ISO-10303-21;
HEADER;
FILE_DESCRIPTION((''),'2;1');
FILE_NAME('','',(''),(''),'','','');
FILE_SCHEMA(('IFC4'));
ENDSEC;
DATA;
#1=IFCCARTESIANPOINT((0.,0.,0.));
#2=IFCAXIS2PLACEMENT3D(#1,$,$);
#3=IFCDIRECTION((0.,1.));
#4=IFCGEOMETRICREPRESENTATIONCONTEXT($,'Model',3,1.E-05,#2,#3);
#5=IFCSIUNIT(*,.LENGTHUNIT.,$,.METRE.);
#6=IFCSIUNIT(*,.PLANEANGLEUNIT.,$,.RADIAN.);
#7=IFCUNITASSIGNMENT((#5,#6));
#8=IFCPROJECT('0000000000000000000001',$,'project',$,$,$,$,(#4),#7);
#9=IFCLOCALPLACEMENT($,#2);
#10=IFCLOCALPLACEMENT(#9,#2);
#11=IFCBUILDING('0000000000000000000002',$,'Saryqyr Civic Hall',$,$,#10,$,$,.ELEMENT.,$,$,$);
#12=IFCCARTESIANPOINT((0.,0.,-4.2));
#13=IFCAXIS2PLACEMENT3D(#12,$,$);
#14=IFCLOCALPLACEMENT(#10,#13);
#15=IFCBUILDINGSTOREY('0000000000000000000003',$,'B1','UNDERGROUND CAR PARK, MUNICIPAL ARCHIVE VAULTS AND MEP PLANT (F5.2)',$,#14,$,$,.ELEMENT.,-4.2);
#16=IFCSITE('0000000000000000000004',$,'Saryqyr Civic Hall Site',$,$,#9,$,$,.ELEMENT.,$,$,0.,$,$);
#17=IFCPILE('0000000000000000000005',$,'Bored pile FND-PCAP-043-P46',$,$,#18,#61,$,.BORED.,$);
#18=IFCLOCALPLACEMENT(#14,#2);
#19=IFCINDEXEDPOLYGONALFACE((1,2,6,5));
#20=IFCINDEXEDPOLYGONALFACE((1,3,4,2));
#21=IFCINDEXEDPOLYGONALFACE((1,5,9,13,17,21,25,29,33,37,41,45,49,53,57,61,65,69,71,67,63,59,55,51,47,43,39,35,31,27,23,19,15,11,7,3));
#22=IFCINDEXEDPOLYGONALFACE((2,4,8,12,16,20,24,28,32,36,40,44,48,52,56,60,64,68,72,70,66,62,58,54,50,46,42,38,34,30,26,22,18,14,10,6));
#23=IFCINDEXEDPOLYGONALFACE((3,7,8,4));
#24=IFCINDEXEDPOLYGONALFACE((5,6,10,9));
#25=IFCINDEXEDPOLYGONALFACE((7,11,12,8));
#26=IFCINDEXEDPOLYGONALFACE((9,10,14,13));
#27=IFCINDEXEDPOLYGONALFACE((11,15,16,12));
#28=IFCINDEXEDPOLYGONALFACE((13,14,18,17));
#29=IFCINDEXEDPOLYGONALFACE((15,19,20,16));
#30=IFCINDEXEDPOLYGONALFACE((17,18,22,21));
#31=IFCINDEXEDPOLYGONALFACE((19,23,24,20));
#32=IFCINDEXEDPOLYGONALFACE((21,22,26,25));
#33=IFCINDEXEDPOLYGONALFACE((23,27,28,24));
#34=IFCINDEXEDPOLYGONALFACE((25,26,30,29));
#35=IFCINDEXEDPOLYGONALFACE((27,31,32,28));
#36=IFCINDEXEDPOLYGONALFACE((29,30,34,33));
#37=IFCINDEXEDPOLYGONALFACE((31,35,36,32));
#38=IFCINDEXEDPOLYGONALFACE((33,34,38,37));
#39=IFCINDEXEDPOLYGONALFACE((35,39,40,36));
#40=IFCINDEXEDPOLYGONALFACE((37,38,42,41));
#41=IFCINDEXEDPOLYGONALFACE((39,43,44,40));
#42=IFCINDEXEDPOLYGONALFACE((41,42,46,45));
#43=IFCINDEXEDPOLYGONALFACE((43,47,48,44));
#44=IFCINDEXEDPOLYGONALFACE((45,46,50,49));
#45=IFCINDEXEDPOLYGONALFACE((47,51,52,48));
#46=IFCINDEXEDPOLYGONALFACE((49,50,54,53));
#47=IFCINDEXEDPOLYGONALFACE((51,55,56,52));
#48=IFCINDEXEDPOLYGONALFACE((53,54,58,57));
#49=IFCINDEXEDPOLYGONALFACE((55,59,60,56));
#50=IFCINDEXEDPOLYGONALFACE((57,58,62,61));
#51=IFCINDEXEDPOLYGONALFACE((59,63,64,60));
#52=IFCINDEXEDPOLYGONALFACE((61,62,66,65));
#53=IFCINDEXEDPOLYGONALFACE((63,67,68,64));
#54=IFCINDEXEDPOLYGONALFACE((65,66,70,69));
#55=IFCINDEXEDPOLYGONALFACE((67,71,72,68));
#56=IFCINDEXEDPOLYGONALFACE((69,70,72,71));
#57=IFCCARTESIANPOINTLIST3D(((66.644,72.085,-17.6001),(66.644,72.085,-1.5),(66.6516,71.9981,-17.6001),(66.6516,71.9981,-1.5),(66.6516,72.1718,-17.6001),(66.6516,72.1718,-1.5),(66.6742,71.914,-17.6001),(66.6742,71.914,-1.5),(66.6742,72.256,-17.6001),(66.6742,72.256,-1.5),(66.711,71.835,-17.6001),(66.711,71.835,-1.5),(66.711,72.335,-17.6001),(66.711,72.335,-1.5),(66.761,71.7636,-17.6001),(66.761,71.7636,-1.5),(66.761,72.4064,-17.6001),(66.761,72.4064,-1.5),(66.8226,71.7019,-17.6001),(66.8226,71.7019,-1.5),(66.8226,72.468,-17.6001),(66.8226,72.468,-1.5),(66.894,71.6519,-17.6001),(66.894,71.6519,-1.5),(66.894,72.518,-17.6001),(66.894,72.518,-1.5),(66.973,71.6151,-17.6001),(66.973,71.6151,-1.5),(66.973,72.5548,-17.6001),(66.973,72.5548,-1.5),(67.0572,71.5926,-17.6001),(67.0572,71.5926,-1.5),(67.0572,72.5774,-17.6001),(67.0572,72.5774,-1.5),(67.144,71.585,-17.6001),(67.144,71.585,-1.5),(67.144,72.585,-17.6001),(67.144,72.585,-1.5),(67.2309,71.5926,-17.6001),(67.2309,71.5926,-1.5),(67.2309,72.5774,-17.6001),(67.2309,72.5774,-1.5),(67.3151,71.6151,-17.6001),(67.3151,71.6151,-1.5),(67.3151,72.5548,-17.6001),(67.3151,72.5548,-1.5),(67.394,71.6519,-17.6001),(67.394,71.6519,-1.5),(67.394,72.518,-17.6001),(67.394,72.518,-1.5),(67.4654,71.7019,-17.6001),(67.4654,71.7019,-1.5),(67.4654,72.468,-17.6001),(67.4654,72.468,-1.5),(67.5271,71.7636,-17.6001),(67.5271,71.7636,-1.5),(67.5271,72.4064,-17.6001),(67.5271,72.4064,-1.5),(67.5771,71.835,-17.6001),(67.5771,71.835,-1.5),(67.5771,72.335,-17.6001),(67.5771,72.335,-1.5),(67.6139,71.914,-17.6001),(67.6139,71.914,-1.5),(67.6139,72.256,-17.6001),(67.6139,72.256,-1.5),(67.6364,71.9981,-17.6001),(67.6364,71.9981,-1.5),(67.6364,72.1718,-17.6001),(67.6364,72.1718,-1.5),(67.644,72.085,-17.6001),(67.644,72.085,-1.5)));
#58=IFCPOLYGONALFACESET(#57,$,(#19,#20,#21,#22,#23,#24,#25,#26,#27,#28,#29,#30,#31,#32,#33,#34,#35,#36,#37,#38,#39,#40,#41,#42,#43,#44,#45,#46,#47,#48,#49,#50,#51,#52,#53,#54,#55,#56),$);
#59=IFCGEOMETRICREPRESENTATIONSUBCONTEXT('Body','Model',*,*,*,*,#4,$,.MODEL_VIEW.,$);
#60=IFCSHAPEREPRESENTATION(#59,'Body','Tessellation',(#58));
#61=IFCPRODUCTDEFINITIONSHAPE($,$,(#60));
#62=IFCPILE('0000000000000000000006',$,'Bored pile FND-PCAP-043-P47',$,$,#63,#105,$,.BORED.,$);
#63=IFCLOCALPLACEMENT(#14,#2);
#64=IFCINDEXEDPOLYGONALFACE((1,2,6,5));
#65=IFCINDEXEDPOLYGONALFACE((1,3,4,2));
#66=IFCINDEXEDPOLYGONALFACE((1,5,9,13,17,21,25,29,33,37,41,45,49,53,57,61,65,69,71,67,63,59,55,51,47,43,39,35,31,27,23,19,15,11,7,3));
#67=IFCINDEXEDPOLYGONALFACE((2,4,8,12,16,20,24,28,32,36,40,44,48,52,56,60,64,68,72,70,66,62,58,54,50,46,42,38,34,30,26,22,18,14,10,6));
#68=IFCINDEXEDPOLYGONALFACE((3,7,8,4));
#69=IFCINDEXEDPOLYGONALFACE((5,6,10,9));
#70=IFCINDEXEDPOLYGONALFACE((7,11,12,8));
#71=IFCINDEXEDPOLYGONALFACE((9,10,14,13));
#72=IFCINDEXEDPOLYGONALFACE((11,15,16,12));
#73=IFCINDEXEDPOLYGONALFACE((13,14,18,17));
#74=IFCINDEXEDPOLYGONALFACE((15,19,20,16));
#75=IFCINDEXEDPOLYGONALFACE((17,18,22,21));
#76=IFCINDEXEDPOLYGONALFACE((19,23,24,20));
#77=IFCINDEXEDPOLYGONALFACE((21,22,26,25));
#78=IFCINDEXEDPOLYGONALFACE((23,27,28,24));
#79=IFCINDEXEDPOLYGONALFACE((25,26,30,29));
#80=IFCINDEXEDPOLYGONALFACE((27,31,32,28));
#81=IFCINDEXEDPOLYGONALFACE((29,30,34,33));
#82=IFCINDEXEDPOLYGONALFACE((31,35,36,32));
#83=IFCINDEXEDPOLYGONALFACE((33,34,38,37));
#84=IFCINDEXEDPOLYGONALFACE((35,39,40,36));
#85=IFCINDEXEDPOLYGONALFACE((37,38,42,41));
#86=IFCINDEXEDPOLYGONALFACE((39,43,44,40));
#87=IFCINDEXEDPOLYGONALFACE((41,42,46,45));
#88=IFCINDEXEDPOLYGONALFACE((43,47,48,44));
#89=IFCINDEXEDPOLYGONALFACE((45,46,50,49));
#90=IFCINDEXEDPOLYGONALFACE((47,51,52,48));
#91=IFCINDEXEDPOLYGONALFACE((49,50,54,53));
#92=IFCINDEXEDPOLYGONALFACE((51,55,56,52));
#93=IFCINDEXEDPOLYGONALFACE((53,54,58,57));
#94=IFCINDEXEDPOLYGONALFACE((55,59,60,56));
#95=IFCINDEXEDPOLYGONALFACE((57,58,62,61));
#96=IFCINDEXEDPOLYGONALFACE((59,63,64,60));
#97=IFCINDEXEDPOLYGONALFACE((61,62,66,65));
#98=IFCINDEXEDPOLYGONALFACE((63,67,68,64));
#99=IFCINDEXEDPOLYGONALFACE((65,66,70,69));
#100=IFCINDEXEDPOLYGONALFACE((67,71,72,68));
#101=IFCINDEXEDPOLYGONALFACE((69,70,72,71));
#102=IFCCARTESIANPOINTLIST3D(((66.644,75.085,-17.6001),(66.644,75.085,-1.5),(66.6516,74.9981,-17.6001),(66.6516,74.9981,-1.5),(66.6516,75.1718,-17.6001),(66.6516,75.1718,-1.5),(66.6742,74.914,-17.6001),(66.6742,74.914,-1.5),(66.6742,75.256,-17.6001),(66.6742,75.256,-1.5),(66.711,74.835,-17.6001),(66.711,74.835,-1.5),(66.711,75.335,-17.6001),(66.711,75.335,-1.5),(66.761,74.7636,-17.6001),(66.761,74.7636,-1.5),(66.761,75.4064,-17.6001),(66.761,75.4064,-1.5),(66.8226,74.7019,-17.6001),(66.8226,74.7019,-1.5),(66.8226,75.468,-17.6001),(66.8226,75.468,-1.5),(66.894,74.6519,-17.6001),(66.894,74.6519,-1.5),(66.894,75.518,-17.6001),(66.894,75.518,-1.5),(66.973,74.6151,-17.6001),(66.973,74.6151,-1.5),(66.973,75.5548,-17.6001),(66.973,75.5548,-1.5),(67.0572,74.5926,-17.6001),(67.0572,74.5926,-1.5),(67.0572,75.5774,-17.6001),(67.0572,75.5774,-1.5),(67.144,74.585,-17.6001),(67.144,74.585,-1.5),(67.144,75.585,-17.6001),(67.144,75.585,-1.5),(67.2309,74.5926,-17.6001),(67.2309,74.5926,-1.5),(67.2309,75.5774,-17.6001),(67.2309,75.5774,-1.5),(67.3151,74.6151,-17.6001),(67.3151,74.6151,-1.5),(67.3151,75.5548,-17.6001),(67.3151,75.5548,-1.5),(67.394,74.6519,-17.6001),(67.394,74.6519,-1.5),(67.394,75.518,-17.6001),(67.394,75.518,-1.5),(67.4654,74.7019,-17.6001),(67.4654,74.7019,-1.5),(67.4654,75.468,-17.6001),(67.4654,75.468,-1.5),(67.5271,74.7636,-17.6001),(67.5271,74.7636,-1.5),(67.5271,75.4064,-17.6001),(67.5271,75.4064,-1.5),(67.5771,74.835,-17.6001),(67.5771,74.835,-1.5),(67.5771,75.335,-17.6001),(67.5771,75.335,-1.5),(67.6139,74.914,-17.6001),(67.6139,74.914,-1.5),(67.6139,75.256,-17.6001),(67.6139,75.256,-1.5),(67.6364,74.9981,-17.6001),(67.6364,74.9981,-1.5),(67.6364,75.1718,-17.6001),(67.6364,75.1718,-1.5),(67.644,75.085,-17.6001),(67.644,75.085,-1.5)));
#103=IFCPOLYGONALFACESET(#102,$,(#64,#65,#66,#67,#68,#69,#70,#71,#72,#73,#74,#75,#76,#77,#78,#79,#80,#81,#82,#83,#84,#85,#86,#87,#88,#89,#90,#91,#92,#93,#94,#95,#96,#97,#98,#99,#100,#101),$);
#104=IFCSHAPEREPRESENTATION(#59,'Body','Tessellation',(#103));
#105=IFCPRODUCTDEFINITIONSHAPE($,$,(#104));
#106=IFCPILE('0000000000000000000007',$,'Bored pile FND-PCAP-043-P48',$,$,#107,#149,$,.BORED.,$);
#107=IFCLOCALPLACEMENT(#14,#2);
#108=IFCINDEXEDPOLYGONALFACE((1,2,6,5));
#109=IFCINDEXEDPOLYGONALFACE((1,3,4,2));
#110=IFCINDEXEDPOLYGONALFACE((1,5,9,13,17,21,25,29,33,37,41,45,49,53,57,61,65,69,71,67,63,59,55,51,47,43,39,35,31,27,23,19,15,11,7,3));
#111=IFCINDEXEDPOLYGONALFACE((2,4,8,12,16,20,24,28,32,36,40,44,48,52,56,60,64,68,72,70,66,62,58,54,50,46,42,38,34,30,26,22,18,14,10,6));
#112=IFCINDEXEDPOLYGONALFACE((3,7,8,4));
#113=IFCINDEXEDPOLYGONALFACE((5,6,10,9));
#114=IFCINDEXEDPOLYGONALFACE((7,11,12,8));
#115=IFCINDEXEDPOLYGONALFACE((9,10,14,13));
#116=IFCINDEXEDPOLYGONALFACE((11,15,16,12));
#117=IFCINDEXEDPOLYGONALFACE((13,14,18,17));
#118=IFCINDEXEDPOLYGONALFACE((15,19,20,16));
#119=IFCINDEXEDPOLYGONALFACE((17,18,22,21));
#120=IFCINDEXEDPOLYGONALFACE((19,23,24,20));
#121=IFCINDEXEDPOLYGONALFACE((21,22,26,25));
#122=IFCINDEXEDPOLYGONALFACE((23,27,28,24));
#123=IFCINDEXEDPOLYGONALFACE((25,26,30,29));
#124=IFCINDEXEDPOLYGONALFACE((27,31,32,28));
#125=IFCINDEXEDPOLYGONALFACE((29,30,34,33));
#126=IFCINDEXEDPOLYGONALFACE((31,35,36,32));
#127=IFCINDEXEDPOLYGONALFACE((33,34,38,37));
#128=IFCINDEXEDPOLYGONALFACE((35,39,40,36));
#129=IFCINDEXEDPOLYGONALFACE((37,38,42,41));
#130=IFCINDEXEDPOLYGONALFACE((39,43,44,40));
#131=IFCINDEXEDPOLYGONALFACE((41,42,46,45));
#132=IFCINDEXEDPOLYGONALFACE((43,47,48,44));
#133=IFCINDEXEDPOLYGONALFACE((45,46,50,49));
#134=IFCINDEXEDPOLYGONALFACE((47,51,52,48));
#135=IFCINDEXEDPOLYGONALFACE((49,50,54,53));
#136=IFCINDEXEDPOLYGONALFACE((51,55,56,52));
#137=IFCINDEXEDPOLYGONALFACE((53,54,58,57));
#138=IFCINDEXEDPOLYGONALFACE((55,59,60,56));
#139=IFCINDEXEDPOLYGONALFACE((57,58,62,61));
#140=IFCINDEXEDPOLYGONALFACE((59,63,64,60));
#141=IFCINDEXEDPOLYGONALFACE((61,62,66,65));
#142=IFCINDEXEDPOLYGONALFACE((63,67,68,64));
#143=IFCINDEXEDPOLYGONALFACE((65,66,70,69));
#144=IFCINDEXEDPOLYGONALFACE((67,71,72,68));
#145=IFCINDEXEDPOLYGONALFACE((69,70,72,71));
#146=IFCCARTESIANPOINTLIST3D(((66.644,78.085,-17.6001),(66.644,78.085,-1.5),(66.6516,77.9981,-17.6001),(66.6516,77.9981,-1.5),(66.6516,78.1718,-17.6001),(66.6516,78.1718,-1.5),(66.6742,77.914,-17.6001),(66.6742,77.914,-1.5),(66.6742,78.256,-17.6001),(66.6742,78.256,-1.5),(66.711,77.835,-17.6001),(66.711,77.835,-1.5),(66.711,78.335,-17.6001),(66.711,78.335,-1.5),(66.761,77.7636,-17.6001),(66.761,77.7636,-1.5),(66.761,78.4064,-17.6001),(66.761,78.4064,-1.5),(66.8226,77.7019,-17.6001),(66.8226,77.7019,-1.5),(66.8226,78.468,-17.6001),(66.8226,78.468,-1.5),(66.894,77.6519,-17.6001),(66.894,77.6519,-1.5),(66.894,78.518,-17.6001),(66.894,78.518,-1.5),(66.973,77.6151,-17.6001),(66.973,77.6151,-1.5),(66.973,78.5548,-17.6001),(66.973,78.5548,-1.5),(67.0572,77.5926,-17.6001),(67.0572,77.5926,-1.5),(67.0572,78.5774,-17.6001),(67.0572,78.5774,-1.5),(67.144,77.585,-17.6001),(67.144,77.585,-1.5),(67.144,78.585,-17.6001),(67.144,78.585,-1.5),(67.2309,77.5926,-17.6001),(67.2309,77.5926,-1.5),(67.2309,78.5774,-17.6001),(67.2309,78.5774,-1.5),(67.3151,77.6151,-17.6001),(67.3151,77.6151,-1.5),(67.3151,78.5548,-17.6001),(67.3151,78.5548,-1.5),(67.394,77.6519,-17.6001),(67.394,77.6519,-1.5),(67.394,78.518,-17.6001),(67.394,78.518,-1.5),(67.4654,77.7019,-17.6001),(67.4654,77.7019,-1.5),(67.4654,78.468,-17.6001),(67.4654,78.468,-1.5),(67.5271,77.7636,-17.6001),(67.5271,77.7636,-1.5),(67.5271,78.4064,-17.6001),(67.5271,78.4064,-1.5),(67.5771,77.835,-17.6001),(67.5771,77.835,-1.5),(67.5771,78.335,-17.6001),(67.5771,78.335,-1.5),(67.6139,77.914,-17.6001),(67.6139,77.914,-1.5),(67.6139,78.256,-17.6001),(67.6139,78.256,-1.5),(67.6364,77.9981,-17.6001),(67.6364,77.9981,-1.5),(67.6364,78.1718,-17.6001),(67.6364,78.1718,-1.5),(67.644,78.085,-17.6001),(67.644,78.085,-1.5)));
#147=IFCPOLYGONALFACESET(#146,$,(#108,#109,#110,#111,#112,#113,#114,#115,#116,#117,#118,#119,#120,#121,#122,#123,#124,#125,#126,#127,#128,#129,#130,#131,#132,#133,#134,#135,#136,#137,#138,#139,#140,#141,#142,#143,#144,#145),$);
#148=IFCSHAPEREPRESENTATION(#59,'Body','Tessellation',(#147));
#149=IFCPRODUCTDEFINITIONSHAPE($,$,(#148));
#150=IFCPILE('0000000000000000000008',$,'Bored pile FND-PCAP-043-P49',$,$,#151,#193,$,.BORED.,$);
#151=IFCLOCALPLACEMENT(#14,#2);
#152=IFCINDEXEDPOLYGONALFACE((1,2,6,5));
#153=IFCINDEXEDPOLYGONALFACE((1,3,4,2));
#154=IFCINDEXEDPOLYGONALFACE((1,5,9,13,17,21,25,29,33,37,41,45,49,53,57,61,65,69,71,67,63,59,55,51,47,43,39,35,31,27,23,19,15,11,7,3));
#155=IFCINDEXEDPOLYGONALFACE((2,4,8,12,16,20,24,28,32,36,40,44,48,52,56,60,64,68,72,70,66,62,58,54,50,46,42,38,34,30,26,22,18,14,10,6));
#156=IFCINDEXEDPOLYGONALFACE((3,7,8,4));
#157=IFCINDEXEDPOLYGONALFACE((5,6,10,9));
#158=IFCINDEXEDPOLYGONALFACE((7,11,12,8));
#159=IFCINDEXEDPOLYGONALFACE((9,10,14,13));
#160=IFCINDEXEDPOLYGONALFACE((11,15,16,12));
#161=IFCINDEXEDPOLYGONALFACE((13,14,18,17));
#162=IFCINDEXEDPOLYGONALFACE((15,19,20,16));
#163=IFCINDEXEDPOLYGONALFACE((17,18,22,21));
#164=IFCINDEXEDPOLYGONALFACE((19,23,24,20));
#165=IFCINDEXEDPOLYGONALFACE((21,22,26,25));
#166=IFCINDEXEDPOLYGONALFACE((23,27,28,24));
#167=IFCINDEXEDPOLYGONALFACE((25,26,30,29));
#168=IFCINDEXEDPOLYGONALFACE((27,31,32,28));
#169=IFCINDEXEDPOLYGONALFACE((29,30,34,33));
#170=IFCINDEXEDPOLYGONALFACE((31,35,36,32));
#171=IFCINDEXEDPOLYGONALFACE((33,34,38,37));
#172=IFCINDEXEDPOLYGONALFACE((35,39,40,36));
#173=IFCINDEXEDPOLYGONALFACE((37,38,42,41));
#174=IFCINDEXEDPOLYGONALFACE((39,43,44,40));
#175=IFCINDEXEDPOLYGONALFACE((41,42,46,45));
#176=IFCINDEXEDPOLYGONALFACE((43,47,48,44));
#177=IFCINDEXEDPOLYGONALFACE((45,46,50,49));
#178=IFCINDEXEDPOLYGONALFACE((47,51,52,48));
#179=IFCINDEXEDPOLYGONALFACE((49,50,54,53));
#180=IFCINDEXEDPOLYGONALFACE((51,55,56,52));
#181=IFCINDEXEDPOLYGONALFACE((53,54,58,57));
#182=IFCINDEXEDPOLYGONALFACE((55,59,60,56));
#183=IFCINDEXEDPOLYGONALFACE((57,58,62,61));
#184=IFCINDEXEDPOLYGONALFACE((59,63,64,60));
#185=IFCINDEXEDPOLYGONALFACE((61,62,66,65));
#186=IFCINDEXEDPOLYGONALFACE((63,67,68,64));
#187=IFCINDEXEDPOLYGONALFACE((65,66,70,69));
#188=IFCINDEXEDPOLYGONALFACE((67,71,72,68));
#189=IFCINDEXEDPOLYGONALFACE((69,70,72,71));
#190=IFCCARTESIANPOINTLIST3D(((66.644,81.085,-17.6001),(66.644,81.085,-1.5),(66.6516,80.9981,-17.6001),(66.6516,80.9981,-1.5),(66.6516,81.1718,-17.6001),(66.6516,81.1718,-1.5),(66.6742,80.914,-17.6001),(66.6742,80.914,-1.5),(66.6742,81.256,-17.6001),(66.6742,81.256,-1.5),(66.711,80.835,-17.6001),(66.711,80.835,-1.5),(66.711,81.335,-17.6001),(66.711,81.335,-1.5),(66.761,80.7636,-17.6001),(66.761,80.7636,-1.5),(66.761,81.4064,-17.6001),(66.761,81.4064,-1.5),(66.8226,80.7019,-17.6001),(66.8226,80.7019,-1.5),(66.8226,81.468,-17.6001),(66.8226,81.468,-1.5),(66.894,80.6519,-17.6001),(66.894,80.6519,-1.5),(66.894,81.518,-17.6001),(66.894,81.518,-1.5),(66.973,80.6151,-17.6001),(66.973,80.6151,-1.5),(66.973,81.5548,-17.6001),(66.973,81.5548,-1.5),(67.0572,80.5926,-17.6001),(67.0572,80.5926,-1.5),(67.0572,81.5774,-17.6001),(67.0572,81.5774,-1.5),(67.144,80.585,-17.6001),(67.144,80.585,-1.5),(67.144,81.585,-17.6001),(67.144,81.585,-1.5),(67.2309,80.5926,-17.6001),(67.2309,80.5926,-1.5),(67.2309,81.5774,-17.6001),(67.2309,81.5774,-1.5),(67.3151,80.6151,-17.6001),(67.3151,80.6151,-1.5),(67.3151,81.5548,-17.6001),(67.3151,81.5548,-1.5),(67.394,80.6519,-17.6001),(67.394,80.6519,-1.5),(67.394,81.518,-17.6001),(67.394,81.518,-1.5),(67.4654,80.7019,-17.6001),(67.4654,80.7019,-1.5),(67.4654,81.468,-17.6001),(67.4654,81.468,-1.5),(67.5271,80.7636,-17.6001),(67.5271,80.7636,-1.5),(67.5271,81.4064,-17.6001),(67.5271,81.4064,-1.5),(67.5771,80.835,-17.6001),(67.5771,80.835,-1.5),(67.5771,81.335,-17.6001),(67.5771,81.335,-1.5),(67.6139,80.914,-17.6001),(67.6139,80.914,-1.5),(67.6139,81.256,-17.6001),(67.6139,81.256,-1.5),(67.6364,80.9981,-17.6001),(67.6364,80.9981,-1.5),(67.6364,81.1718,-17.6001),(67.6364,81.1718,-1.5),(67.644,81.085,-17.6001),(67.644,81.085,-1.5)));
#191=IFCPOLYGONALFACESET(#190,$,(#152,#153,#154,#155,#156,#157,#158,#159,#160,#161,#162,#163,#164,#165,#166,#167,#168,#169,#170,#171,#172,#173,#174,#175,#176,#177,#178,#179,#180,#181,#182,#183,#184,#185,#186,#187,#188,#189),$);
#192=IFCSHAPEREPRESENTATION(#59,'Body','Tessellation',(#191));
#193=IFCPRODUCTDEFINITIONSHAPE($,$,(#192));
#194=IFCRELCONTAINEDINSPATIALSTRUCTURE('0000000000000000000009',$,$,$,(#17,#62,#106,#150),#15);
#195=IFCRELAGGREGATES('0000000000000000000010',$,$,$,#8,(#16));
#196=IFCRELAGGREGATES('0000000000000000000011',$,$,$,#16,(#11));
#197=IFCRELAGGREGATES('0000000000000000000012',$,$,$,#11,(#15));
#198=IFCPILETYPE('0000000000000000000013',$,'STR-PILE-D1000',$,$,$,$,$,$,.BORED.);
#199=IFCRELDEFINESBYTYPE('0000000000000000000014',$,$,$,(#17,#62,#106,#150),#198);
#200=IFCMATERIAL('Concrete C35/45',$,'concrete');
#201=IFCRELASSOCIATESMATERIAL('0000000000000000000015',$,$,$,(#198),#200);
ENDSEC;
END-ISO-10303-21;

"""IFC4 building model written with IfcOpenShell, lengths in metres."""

from ifc_helpers import new_model, si_unit, direction, frame, origin, origin_2d, place, context, subcontext, project, spatial, circle, extrude, material, material_profile, profile_set, type_object, element, save


model = new_model("IFC4")

# Units and contexts
model_context = context("Model", 3, precision=1e-05, world=origin(), true_north=direction((0.0, 1.0)))
body_context = subcontext(model_context, "Body", "Model", "MODEL_VIEW")
ifc_project = project(units=[si_unit("LENGTHUNIT", "METRE"), si_unit("PLANEANGLEUNIT", "RADIAN")], contexts=[model_context])

# Site, building, storey
site_placement = place(None, origin())
site = spatial("IfcSite", under=ifc_project, at=site_placement, Name="Saryqyr Civic Hall Site", CompositionType="ELEMENT", RefElevation=0.0)
building_placement = place(site_placement, origin())
building = spatial("IfcBuilding", under=site, at=building_placement, Name="Saryqyr Civic Hall", CompositionType="ELEMENT")
storey_placement = place(building_placement, frame((0.0, 0.0, -4.2)))
storey = spatial("IfcBuildingStorey", under=building, at=storey_placement, Name="B1", Description="UNDERGROUND CAR PARK, MUNICIPAL ARCHIVE VAULTS AND MEP PLANT (F5.2)", CompositionType="ELEMENT", Elevation=-4.2)

# Piles
ifc_material_1 = material(Name="Concrete C35/45", Category="concrete")
ifc_material_profile_1 = material_profile(ifc_material_1, circle(Radius=0.5, at=origin_2d()), Name="BORED PILE D1000")
ifc_profile_set_1 = profile_set([ifc_material_profile_1], Name="Concrete C35/45")
pile_type = type_object("IfcPileType", Name="STR-PILE-D1000", PredefinedType="BORED", material=ifc_profile_set_1)
for number, where, z_axis, x_axis, name in (
    (1, (67.144, 72.085, -1.5), (0.0, 0.0, -1.0), (1.0, 0.0, 0.0), "Bored pile FND-PCAP-043-P46"),
    (2, (67.144, 75.085, -1.5), (0.0, 0.0, -1.0), (1.0, 0.0, 0.0), "Bored pile FND-PCAP-043-P47"),
    (3, (67.144, 78.085, -1.5), (0.0, 0.0, -1.0), (1.0, 0.0, 0.0), "Bored pile FND-PCAP-043-P48"),
    (4, (67.144, 81.085, -1.5), (0.0, 0.0, -1.0), (1.0, 0.0, 0.0), "Bored pile FND-PCAP-043-P49"),
):
    element("IfcPile", number, at=place(storey_placement, frame(where, z_axis=z_axis, x_axis=x_axis)), inside=storey, type_object=pile_type, Name=name, PredefinedType="BORED", context=body_context, shape_type="SweptSolid", body=[
        extrude(circle(Radius=0.5, at=origin_2d()), origin(), (0.0, 0.0, 1.0), 16.1001),
    ])

save(model, "model.ifc")
